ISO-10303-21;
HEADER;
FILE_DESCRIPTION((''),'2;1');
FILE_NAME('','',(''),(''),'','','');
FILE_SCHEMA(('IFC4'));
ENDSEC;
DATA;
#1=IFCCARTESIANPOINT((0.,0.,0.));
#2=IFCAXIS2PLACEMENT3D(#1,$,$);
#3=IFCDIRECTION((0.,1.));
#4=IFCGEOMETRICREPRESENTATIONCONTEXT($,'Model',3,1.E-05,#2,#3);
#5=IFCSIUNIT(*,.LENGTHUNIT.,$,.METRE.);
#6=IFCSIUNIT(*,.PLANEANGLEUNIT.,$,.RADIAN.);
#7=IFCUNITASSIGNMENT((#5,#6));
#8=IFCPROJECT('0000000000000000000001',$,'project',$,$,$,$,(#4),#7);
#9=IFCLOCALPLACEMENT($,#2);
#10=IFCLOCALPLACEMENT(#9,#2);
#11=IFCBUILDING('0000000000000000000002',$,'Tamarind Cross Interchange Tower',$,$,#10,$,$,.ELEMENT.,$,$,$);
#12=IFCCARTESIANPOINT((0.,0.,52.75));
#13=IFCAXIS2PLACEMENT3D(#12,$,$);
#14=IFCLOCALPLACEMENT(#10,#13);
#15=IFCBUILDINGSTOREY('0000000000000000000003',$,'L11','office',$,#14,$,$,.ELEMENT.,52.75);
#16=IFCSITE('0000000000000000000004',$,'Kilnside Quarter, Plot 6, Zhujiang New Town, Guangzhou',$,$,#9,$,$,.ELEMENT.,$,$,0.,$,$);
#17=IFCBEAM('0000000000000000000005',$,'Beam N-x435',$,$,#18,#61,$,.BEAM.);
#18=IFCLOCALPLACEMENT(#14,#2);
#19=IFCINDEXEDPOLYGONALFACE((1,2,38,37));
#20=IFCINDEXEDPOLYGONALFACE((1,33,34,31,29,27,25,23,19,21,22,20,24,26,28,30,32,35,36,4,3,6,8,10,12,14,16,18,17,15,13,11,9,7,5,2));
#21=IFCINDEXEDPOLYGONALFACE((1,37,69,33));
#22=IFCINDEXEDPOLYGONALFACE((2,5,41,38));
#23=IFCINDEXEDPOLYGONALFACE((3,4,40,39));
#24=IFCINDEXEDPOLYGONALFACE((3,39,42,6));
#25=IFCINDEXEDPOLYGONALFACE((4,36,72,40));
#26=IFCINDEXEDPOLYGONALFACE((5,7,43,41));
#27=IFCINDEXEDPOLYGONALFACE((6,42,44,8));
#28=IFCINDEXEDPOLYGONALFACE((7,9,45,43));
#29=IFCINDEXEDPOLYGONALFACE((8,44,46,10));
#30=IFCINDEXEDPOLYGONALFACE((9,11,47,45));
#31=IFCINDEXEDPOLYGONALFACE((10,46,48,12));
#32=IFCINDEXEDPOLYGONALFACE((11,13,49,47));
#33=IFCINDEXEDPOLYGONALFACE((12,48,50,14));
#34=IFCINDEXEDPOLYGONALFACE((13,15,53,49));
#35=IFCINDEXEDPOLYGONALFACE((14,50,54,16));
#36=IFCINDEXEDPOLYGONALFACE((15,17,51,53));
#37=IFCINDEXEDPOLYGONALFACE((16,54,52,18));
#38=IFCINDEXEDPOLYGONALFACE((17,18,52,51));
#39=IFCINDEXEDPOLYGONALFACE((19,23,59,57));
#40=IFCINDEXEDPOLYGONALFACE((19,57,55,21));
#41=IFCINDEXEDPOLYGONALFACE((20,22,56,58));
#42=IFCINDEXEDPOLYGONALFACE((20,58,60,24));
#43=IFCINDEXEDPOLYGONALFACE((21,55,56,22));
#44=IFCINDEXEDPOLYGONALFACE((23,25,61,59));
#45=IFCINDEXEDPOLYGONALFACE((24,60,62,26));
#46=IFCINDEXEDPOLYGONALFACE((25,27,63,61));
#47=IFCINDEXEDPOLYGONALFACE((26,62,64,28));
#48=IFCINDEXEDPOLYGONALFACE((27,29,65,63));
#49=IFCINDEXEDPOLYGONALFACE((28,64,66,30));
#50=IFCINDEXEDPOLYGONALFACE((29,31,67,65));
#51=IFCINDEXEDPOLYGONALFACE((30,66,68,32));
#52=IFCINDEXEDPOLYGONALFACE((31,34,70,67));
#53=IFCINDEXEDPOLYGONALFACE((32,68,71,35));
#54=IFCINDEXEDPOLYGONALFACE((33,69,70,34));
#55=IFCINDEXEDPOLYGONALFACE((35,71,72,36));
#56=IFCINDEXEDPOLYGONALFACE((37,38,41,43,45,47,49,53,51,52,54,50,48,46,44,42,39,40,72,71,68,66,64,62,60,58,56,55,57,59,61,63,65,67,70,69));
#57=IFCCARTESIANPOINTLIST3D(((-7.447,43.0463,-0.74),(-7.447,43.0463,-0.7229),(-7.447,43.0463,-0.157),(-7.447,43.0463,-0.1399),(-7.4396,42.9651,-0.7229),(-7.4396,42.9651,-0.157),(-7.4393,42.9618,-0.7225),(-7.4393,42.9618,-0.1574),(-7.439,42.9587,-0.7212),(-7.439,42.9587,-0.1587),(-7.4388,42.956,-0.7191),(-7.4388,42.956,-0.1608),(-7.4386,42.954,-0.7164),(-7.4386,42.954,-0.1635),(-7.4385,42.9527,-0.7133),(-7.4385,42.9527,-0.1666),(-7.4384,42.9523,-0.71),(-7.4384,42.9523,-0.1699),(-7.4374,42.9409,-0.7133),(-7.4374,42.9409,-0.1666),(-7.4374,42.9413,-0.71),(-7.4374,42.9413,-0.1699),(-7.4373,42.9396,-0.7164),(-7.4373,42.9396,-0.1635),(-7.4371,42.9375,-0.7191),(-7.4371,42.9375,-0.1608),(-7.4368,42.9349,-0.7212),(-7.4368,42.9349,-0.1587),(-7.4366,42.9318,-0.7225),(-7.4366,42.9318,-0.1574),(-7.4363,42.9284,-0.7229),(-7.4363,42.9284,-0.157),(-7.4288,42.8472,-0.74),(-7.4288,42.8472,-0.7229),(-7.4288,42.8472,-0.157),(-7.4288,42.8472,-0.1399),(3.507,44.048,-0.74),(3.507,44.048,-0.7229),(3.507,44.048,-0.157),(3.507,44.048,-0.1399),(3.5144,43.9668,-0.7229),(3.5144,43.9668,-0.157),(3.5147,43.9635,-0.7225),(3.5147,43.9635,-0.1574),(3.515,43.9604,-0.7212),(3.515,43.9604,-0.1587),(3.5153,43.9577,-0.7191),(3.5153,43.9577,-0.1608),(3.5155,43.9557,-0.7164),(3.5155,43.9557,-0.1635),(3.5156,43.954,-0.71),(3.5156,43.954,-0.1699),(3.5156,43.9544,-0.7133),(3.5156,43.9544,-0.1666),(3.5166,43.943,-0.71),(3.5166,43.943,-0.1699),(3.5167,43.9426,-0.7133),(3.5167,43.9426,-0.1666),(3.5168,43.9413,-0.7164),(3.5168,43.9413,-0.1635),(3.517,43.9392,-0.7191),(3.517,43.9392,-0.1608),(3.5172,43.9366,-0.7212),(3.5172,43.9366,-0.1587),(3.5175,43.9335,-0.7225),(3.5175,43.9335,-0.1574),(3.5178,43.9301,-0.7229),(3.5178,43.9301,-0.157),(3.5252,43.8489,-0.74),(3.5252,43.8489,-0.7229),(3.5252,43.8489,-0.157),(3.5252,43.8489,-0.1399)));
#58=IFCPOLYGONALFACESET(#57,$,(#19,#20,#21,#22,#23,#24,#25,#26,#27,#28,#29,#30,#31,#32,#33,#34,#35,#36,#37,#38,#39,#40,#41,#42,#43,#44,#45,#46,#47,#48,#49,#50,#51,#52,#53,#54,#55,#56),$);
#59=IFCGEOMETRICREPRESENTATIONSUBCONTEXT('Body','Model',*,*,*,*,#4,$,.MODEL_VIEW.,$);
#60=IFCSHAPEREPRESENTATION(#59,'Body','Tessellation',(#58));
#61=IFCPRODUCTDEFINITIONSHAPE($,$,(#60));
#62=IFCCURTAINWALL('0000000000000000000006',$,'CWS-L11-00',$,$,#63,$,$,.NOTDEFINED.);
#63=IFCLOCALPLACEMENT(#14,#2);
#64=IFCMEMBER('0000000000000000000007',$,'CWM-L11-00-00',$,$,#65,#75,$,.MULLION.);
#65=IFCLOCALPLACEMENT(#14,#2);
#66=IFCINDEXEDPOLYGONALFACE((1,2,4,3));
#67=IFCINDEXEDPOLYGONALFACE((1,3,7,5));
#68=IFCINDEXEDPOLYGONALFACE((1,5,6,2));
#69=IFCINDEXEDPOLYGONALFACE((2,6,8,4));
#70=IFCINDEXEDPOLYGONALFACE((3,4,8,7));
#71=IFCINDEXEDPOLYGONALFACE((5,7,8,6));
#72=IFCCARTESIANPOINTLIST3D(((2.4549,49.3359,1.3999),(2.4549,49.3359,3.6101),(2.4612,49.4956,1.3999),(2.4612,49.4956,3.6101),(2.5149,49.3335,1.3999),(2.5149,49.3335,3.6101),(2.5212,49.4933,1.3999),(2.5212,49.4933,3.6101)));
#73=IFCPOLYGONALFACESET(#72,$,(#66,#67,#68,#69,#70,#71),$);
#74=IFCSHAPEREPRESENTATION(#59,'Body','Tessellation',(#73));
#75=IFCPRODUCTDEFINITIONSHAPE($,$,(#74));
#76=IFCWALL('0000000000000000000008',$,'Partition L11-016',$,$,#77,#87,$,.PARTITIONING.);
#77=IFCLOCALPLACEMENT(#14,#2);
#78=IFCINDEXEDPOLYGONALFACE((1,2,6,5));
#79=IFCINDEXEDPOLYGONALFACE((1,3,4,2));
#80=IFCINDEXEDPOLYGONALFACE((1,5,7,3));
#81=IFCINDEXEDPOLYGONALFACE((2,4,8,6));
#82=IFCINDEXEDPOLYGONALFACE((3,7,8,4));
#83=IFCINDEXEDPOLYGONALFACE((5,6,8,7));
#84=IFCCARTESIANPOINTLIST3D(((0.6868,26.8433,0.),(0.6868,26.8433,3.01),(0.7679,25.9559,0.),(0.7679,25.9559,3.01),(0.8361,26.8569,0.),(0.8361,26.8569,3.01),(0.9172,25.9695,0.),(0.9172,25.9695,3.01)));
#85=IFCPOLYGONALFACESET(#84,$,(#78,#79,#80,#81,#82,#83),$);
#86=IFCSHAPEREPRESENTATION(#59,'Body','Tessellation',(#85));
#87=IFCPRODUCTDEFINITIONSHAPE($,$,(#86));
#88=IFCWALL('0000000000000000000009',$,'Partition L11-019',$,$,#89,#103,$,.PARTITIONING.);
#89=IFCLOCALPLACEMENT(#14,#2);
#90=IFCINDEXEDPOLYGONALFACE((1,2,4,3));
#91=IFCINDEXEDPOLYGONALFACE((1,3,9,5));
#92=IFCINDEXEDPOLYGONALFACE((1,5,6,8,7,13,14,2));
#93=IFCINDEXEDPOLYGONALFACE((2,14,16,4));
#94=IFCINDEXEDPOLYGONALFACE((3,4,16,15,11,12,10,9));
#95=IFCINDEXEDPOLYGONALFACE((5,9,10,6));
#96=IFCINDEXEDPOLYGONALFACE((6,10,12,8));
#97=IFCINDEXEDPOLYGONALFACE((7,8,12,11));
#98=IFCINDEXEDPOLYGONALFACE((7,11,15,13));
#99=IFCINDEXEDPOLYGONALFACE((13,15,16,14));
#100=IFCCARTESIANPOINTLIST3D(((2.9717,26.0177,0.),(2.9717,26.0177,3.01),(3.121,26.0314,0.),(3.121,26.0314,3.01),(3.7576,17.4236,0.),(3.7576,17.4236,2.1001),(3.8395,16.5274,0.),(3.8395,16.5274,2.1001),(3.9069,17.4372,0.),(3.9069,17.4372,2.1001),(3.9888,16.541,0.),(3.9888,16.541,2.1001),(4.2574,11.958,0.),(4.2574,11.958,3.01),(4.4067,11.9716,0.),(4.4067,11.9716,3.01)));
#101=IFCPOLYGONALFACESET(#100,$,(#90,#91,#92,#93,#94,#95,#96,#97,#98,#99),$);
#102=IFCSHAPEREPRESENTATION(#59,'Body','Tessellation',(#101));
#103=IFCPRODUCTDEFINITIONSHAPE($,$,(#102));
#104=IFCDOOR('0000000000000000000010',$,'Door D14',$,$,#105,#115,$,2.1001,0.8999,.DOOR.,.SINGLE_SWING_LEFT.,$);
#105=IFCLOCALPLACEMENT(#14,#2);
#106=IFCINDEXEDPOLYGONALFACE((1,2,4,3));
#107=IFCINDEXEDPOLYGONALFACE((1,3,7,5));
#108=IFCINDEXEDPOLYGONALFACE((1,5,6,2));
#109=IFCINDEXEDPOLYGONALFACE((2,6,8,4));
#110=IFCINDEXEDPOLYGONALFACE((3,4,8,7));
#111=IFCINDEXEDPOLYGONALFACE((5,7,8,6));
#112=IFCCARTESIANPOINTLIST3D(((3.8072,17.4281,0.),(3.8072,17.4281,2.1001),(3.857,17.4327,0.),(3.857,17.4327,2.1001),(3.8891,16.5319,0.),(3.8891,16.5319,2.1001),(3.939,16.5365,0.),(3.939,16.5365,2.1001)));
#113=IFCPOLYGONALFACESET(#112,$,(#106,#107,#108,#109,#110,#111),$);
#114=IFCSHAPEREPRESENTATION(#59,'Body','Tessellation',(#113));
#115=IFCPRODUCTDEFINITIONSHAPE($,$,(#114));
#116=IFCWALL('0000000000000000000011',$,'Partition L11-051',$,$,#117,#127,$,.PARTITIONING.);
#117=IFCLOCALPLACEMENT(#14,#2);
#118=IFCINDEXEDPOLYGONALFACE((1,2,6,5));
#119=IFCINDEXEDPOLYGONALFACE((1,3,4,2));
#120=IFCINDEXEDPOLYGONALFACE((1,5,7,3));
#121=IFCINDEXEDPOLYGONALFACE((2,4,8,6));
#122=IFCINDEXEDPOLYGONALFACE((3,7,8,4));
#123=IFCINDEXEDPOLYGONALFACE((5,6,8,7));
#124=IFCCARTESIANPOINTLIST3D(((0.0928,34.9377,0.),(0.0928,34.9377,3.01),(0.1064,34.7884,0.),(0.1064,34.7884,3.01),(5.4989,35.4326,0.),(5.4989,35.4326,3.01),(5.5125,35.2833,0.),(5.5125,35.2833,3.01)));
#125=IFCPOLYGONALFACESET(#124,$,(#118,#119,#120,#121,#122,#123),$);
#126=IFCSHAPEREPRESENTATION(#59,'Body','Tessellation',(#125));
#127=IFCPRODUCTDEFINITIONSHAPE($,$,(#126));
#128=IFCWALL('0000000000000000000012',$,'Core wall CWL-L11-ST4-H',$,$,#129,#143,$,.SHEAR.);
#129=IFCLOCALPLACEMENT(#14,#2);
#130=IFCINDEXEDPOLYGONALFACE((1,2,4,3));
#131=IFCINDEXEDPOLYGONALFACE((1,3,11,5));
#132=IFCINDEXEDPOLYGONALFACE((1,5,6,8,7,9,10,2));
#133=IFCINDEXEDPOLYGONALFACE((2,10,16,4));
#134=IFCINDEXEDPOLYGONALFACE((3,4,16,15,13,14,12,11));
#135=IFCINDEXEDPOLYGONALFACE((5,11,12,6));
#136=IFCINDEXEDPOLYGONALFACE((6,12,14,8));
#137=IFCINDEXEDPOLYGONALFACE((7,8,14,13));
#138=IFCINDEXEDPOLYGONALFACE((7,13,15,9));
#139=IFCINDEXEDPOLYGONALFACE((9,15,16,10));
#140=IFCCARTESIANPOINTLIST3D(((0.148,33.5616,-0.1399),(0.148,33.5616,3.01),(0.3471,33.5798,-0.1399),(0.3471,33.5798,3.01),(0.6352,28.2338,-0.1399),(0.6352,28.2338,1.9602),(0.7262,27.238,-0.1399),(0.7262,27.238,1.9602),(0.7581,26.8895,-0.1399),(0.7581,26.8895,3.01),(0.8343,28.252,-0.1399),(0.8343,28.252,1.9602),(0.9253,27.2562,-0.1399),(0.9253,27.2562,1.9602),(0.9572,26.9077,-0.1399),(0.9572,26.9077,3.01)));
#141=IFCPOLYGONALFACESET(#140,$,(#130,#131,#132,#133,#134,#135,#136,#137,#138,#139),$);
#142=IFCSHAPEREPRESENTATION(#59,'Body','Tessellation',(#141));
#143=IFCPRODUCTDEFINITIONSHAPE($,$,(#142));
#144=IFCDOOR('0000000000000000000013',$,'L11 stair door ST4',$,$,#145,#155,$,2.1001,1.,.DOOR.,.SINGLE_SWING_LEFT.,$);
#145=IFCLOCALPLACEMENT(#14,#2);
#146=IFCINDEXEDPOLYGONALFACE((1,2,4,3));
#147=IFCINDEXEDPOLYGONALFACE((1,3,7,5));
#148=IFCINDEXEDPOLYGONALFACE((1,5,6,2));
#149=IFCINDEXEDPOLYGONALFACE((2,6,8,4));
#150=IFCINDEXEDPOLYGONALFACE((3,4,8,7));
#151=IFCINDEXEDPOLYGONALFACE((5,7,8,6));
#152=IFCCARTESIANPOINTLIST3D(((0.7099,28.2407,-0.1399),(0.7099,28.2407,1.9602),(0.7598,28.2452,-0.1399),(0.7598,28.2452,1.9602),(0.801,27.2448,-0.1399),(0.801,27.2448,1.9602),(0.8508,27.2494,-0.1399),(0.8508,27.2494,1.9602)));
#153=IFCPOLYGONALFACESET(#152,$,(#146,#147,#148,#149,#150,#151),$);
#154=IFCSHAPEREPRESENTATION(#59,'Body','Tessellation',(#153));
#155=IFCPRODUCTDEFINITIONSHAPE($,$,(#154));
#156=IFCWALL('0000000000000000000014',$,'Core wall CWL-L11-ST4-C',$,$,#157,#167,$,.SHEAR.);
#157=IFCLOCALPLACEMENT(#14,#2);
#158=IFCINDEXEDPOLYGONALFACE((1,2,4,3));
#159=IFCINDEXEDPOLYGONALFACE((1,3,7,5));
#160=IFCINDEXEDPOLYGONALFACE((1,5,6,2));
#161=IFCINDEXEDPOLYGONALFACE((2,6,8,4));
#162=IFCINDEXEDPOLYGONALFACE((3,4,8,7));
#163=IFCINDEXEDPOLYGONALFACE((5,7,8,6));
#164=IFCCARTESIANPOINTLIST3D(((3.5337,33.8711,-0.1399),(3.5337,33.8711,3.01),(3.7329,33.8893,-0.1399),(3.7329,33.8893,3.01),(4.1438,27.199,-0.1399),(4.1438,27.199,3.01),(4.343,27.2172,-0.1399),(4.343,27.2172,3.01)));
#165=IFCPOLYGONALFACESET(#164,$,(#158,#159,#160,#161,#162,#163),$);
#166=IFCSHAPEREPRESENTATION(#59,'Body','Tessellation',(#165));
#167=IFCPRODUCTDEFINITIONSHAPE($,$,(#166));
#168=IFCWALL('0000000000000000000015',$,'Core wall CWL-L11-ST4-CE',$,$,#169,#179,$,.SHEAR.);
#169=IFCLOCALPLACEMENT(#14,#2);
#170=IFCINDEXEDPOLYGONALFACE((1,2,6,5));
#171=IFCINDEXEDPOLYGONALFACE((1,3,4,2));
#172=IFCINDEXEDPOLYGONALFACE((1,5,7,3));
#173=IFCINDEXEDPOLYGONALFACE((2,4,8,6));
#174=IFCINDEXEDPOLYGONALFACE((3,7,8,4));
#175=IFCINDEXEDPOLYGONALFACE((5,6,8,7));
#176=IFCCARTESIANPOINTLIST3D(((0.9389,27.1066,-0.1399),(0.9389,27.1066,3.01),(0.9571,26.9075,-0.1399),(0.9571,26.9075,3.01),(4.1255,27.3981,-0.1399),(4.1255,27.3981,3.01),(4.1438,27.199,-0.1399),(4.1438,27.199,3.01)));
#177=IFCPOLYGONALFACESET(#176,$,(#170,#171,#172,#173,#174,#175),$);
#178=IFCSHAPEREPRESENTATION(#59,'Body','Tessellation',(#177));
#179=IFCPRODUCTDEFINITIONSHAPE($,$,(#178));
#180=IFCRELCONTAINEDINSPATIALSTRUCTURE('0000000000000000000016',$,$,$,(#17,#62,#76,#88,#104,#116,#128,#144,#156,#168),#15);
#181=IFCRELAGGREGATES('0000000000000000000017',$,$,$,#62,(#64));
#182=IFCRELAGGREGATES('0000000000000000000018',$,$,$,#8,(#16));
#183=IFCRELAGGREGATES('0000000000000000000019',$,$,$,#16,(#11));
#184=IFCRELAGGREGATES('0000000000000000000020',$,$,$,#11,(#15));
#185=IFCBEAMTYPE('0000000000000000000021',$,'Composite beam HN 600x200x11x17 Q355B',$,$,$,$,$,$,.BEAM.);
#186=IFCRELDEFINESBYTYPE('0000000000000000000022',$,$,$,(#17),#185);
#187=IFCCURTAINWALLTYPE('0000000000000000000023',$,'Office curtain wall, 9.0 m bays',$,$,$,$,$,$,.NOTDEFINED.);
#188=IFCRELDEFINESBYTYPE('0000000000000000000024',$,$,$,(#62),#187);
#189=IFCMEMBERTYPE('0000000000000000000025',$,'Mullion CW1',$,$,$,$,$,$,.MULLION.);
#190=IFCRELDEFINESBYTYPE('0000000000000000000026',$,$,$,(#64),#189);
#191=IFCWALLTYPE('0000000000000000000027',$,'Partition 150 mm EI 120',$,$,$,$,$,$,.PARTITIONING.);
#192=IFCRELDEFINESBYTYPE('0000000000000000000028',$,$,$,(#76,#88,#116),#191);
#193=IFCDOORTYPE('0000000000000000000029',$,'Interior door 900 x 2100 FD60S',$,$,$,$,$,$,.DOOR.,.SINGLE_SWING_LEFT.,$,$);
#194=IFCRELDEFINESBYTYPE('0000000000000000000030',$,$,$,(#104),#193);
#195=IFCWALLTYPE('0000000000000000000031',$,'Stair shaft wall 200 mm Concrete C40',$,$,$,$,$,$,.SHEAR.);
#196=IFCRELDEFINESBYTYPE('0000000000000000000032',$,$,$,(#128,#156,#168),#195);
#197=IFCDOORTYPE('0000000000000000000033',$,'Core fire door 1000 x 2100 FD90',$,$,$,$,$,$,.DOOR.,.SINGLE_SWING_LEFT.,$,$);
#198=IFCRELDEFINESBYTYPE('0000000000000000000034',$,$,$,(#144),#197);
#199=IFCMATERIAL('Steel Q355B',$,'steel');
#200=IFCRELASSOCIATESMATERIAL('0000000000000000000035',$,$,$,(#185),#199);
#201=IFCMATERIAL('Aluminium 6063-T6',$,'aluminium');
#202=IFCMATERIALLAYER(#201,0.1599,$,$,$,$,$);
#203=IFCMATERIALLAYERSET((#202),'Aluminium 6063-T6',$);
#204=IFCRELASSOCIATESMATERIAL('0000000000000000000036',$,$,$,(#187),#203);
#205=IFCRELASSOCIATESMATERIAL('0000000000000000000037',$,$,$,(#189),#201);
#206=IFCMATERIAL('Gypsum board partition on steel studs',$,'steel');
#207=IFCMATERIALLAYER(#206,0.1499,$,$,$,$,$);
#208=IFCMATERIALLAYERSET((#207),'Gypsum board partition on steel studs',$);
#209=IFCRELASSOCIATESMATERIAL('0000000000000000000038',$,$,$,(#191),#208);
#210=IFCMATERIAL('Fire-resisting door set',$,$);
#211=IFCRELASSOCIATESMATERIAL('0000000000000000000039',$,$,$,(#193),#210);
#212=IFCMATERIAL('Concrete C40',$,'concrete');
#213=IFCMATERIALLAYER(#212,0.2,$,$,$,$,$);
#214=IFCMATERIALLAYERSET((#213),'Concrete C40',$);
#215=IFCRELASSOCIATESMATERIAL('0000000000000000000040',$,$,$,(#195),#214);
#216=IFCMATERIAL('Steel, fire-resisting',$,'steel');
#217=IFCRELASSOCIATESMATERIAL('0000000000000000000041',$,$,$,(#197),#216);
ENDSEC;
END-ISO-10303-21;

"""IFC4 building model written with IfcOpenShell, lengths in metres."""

from ifc_helpers import new_model, si_unit, direction, frame, frame_2d, origin, origin_2d, place, context, subcontext, project, spatial, rectangle, i_section, extrude, material, layer, layer_set, material_profile, profile_set, type_object, element, fill, aggregate, save


model = new_model("IFC4")

# Units and contexts
model_context = context("Model", 3, precision=1e-05, world=origin(), true_north=direction((0.0, 1.0)))
body_context = subcontext(model_context, "Body", "Model", "MODEL_VIEW")
ifc_project = project(units=[si_unit("LENGTHUNIT", "METRE"), si_unit("PLANEANGLEUNIT", "RADIAN")], contexts=[model_context])

# Site, building, storey
site_placement = place(None, origin())
site = spatial("IfcSite", under=ifc_project, at=site_placement, Name="Kilnside Quarter, Plot 6, Zhujiang New Town, Guangzhou", CompositionType="ELEMENT", RefElevation=0.0)
building_placement = place(site_placement, origin())
building = spatial("IfcBuilding", under=site, at=building_placement, Name="Tamarind Cross Interchange Tower", CompositionType="ELEMENT")
storey_placement = place(building_placement, frame((0.0, 0.0, 52.75)))
storey = spatial("IfcBuildingStorey", under=building, at=storey_placement, Name="L11", Description="office", CompositionType="ELEMENT", Elevation=52.75)

# Beam
ifc_material_1 = material(Name="Steel Q355B", Category="steel")
ifc_material_profile_1 = material_profile(ifc_material_1, i_section(OverallWidth=0.2, OverallDepth=0.6001, WebThickness=0.011, FlangeThickness=0.0171, FilletRadius=0.0129, at=origin_2d()), Name="HN 600x200x11x17")
ifc_profile_set_1 = profile_set([ifc_material_profile_1], Name="Steel Q355B")
beam_type_1 = type_object("IfcBeamType", Name="Composite beam HN 600x200x11x17 Q355B", PredefinedType="BEAM", material=ifc_profile_set_1)
beam_1_placement = place(storey_placement, frame((3.5161, 43.9485, -0.4399), z_axis=(-0.995845, -0.091066, 0.0), x_axis=(0.091066, -0.995845, 0.0)))
element("IfcBeam", 1, at=beam_1_placement, inside=storey, type_object=beam_type_1, Name="Beam N-x435", PredefinedType="BEAM", context=body_context, shape_type="SweptSolid", body=[
    extrude(i_section(OverallWidth=0.2, OverallDepth=0.6001, WebThickness=0.011, FlangeThickness=0.0171, FilletRadius=0.0129, at=origin_2d()), origin(), (0.0, 0.0, 1.0), 10.9998),
])

# Curtain wall, member
ifc_material_2 = material(Name="Aluminium 6063-T6", Category="aluminium")
ifc_layer_1 = layer(ifc_material_2, 0.1599)
ifc_layer_set_1 = layer_set([ifc_layer_1], Name="Aluminium 6063-T6")
curtain_wall_type = type_object("IfcCurtainWallType", Name="Office curtain wall, 9.0 m bays", PredefinedType="NOTDEFINED", material=ifc_layer_set_1)
curtain_wall_placement = place(storey_placement, origin())
curtain_wall = element("IfcCurtainWall", 2, at=curtain_wall_placement, inside=storey, type_object=curtain_wall_type, Name="CWS-L11-00", PredefinedType="NOTDEFINED")
ifc_material_profile_2 = material_profile(ifc_material_2, rectangle(XDim=0.0601, YDim=0.1599, at=origin_2d()), Name="Mullion CW1")
ifc_profile_set_2 = profile_set([ifc_material_profile_2], Name="Aluminium 6063-T6")
member_type = type_object("IfcMemberType", Name="Mullion CW1", PredefinedType="MULLION", material=ifc_profile_set_2)
member_placement = place(storey_placement, frame((2.488, 49.4146, 1.3999), z_axis=(0.0, 0.0, 1.0), x_axis=(-0.999211, 0.039713, 0.0)))
member = element("IfcMember", 3, at=member_placement, type_object=member_type, Name="CWM-L11-00-00", PredefinedType="MULLION", context=body_context, shape_type="SweptSolid", body=[
    extrude(rectangle(XDim=0.0601, YDim=0.1599, at=origin_2d()), origin(), (0.0, 0.0, 1.0), 2.2102),
])
aggregate(curtain_wall, [member])

# Wall
ifc_material_3 = material(Name="Gypsum board partition on steel studs", Category="steel")
ifc_layer_2 = layer(ifc_material_3, 0.1499)
ifc_layer_set_2 = layer_set([ifc_layer_2], Name="Gypsum board partition on steel studs")
wall_type_1 = type_object("IfcWallType", Name="Partition 150 mm EI 120", PredefinedType="PARTITIONING", material=ifc_layer_set_2)
wall_1_placement = place(storey_placement, frame((0.7615, 26.8501, 0.0), z_axis=(0.0, 0.0, 1.0), x_axis=(0.090956, -0.995855, 0.0)))
element("IfcWall", 4, at=wall_1_placement, inside=storey, type_object=wall_type_1, Name="Partition L11-016", PredefinedType="PARTITIONING", context=body_context, shape_type="SweptSolid", body=[
    extrude(rectangle(XDim=0.8911, YDim=0.1499, at=frame_2d((0.4456, 0.0))), origin(), (0.0, 0.0, 1.0), 3.01),
])

# Wall, opening, door
wall_2_placement = place(storey_placement, frame((3.0464, 26.0244, 0.0), z_axis=(0.0, 0.0, 1.0), x_axis=(0.091061, -0.995845, 0.0)))
wall_2 = element("IfcWall", 5, at=wall_2_placement, inside=storey, type_object=wall_type_1, Name="Partition L11-019", PredefinedType="PARTITIONING", context=body_context, shape_type="SweptSolid", body=[
    extrude(rectangle(XDim=14.1184, YDim=0.1499, at=frame_2d((7.0591, 0.0))), origin(), (0.0, 0.0, 1.0), 3.01),
])
opening_1_placement = place(wall_2_placement, frame((8.6299, 0.0, 0.0)))
opening_1 = element("IfcOpeningElement", 6, at=opening_1_placement, cuts=wall_2, PredefinedType="OPENING", context=body_context, shape_type="SweptSolid", body=[
    extrude(rectangle(XDim=0.8999, YDim=2.1001, at=frame_2d((0.45, 1.05))), frame((0.0, 0.085, 0.0), z_axis=(0.0, -1.0, 0.0), x_axis=(1.0, 0.0, 0.0)), (0.0, 0.0, 1.0), 0.1699),
])
ifc_material_4 = material(Name="Fire-resisting door set")
door_type_1 = type_object("IfcDoorType", Name="Interior door 900 x 2100 FD60S", OperationType="SINGLE_SWING_LEFT", PredefinedType="DOOR", material=ifc_material_4)
door_1_placement = place(opening_1_placement, origin())
door_1 = element("IfcDoor", 7, at=door_1_placement, inside=storey, type_object=door_type_1, Name="Door D14", OperationType="SINGLE_SWING_LEFT", OverallHeight=2.1001, OverallWidth=0.8999, PredefinedType="DOOR", context=body_context, shape_type="SweptSolid", body=[
    extrude(rectangle(XDim=0.8999, YDim=2.1001, at=frame_2d((0.45, 1.05))), frame((0.0, 0.0249, 0.0), z_axis=(0.0, -1.0, 0.0), x_axis=(1.0, 0.0, 0.0)), (0.0, 0.0, 1.0), 0.05),
])
fill(opening_1, door_1)

# Wall
wall_3_placement = place(storey_placement, frame((0.0996, 34.863, 0.0), z_axis=(0.0, 0.0, 1.0), x_axis=(0.995836, 0.09116, 0.0)))
element("IfcWall", 8, at=wall_3_placement, inside=storey, type_object=wall_type_1, Name="Partition L11-051", PredefinedType="PARTITIONING", context=body_context, shape_type="SweptSolid", body=[
    extrude(rectangle(XDim=5.4287, YDim=0.1499, at=frame_2d((2.7144, 0.0))), origin(), (0.0, 0.0, 1.0), 3.01),
])

# Wall, opening, door
ifc_material_5 = material(Name="Concrete C40", Category="concrete")
ifc_layer_3 = layer(ifc_material_5, 0.2)
ifc_layer_set_3 = layer_set([ifc_layer_3], Name="Concrete C40")
wall_type_2 = type_object("IfcWallType", Name="Stair shaft wall 200 mm Concrete C40", PredefinedType="SHEAR", material=ifc_layer_set_3)
wall_4_placement = place(storey_placement, frame((0.8577, 26.8984, -0.1399), z_axis=(0.0, 0.0, 1.0), x_axis=(-0.091061, 0.995845, 0.0)))
wall_4 = element("IfcWall", 9, at=wall_4_placement, inside=storey, type_object=wall_type_2, Name="Core wall CWL-L11-ST4-H", PredefinedType="SHEAR", context=body_context, shape_type="SweptSolid", body=[
    extrude(rectangle(XDim=6.7, YDim=0.2, at=frame_2d((3.3501, 0.0))), origin(), (0.0, 0.0, 1.0), 3.1499),
])
opening_2_placement = place(wall_4_placement, frame((0.3501, 0.0, 0.0)))
opening_2 = element("IfcOpeningElement", 10, at=opening_2_placement, cuts=wall_4, PredefinedType="OPENING", context=body_context, shape_type="SweptSolid", body=[
    extrude(rectangle(XDim=1.0, YDim=2.1001, at=frame_2d((0.5, 1.05))), frame((0.0, 0.1099, 0.0), z_axis=(0.0, -1.0, 0.0), x_axis=(1.0, 0.0, 0.0)), (0.0, 0.0, 1.0), 0.22),
])
ifc_material_6 = material(Name="Steel, fire-resisting", Category="steel")
door_type_2 = type_object("IfcDoorType", Name="Core fire door 1000 x 2100 FD90", OperationType="SINGLE_SWING_LEFT", PredefinedType="DOOR", material=ifc_material_6)
door_2_placement = place(opening_2_placement, origin())
door_2 = element("IfcDoor", 11, at=door_2_placement, inside=storey, type_object=door_type_2, Name="L11 stair door ST4", OperationType="SINGLE_SWING_LEFT", OverallHeight=2.1001, OverallWidth=1.0, PredefinedType="DOOR", context=body_context, shape_type="SweptSolid", body=[
    extrude(rectangle(XDim=1.0, YDim=2.1001, at=frame_2d((0.5, 1.05))), frame((0.0, 0.0249, 0.0), z_axis=(0.0, -1.0, 0.0), x_axis=(1.0, 0.0, 0.0)), (0.0, 0.0, 1.0), 0.05),
])
fill(opening_2, door_2)

# Walls
wall_5_placement = place(storey_placement, frame((4.2434, 27.208, -0.1399), z_axis=(0.0, 0.0, 1.0), x_axis=(-0.091061, 0.995845, 0.0)))
element("IfcWall", 12, at=wall_5_placement, inside=storey, type_object=wall_type_2, Name="Core wall CWL-L11-ST4-C", PredefinedType="SHEAR", context=body_context, shape_type="SweptSolid", body=[
    extrude(rectangle(XDim=6.7, YDim=0.2, at=frame_2d((3.3501, 0.0))), origin(), (0.0, 0.0, 1.0), 3.1499),
])
wall_6_placement = place(storey_placement, frame((4.1348, 27.2986, -0.1399), z_axis=(0.0, 0.0, 1.0), x_axis=(-0.995842, -0.091093, 0.0)))
element("IfcWall", 13, at=wall_6_placement, inside=storey, type_object=wall_type_2, Name="Core wall CWL-L11-ST4-CE", PredefinedType="SHEAR", context=body_context, shape_type="SweptSolid", body=[
    extrude(rectangle(XDim=3.2, YDim=0.2, at=frame_2d((1.6001, 0.0))), origin(), (0.0, 0.0, 1.0), 3.1499),
])

save(model, "model.ifc")
